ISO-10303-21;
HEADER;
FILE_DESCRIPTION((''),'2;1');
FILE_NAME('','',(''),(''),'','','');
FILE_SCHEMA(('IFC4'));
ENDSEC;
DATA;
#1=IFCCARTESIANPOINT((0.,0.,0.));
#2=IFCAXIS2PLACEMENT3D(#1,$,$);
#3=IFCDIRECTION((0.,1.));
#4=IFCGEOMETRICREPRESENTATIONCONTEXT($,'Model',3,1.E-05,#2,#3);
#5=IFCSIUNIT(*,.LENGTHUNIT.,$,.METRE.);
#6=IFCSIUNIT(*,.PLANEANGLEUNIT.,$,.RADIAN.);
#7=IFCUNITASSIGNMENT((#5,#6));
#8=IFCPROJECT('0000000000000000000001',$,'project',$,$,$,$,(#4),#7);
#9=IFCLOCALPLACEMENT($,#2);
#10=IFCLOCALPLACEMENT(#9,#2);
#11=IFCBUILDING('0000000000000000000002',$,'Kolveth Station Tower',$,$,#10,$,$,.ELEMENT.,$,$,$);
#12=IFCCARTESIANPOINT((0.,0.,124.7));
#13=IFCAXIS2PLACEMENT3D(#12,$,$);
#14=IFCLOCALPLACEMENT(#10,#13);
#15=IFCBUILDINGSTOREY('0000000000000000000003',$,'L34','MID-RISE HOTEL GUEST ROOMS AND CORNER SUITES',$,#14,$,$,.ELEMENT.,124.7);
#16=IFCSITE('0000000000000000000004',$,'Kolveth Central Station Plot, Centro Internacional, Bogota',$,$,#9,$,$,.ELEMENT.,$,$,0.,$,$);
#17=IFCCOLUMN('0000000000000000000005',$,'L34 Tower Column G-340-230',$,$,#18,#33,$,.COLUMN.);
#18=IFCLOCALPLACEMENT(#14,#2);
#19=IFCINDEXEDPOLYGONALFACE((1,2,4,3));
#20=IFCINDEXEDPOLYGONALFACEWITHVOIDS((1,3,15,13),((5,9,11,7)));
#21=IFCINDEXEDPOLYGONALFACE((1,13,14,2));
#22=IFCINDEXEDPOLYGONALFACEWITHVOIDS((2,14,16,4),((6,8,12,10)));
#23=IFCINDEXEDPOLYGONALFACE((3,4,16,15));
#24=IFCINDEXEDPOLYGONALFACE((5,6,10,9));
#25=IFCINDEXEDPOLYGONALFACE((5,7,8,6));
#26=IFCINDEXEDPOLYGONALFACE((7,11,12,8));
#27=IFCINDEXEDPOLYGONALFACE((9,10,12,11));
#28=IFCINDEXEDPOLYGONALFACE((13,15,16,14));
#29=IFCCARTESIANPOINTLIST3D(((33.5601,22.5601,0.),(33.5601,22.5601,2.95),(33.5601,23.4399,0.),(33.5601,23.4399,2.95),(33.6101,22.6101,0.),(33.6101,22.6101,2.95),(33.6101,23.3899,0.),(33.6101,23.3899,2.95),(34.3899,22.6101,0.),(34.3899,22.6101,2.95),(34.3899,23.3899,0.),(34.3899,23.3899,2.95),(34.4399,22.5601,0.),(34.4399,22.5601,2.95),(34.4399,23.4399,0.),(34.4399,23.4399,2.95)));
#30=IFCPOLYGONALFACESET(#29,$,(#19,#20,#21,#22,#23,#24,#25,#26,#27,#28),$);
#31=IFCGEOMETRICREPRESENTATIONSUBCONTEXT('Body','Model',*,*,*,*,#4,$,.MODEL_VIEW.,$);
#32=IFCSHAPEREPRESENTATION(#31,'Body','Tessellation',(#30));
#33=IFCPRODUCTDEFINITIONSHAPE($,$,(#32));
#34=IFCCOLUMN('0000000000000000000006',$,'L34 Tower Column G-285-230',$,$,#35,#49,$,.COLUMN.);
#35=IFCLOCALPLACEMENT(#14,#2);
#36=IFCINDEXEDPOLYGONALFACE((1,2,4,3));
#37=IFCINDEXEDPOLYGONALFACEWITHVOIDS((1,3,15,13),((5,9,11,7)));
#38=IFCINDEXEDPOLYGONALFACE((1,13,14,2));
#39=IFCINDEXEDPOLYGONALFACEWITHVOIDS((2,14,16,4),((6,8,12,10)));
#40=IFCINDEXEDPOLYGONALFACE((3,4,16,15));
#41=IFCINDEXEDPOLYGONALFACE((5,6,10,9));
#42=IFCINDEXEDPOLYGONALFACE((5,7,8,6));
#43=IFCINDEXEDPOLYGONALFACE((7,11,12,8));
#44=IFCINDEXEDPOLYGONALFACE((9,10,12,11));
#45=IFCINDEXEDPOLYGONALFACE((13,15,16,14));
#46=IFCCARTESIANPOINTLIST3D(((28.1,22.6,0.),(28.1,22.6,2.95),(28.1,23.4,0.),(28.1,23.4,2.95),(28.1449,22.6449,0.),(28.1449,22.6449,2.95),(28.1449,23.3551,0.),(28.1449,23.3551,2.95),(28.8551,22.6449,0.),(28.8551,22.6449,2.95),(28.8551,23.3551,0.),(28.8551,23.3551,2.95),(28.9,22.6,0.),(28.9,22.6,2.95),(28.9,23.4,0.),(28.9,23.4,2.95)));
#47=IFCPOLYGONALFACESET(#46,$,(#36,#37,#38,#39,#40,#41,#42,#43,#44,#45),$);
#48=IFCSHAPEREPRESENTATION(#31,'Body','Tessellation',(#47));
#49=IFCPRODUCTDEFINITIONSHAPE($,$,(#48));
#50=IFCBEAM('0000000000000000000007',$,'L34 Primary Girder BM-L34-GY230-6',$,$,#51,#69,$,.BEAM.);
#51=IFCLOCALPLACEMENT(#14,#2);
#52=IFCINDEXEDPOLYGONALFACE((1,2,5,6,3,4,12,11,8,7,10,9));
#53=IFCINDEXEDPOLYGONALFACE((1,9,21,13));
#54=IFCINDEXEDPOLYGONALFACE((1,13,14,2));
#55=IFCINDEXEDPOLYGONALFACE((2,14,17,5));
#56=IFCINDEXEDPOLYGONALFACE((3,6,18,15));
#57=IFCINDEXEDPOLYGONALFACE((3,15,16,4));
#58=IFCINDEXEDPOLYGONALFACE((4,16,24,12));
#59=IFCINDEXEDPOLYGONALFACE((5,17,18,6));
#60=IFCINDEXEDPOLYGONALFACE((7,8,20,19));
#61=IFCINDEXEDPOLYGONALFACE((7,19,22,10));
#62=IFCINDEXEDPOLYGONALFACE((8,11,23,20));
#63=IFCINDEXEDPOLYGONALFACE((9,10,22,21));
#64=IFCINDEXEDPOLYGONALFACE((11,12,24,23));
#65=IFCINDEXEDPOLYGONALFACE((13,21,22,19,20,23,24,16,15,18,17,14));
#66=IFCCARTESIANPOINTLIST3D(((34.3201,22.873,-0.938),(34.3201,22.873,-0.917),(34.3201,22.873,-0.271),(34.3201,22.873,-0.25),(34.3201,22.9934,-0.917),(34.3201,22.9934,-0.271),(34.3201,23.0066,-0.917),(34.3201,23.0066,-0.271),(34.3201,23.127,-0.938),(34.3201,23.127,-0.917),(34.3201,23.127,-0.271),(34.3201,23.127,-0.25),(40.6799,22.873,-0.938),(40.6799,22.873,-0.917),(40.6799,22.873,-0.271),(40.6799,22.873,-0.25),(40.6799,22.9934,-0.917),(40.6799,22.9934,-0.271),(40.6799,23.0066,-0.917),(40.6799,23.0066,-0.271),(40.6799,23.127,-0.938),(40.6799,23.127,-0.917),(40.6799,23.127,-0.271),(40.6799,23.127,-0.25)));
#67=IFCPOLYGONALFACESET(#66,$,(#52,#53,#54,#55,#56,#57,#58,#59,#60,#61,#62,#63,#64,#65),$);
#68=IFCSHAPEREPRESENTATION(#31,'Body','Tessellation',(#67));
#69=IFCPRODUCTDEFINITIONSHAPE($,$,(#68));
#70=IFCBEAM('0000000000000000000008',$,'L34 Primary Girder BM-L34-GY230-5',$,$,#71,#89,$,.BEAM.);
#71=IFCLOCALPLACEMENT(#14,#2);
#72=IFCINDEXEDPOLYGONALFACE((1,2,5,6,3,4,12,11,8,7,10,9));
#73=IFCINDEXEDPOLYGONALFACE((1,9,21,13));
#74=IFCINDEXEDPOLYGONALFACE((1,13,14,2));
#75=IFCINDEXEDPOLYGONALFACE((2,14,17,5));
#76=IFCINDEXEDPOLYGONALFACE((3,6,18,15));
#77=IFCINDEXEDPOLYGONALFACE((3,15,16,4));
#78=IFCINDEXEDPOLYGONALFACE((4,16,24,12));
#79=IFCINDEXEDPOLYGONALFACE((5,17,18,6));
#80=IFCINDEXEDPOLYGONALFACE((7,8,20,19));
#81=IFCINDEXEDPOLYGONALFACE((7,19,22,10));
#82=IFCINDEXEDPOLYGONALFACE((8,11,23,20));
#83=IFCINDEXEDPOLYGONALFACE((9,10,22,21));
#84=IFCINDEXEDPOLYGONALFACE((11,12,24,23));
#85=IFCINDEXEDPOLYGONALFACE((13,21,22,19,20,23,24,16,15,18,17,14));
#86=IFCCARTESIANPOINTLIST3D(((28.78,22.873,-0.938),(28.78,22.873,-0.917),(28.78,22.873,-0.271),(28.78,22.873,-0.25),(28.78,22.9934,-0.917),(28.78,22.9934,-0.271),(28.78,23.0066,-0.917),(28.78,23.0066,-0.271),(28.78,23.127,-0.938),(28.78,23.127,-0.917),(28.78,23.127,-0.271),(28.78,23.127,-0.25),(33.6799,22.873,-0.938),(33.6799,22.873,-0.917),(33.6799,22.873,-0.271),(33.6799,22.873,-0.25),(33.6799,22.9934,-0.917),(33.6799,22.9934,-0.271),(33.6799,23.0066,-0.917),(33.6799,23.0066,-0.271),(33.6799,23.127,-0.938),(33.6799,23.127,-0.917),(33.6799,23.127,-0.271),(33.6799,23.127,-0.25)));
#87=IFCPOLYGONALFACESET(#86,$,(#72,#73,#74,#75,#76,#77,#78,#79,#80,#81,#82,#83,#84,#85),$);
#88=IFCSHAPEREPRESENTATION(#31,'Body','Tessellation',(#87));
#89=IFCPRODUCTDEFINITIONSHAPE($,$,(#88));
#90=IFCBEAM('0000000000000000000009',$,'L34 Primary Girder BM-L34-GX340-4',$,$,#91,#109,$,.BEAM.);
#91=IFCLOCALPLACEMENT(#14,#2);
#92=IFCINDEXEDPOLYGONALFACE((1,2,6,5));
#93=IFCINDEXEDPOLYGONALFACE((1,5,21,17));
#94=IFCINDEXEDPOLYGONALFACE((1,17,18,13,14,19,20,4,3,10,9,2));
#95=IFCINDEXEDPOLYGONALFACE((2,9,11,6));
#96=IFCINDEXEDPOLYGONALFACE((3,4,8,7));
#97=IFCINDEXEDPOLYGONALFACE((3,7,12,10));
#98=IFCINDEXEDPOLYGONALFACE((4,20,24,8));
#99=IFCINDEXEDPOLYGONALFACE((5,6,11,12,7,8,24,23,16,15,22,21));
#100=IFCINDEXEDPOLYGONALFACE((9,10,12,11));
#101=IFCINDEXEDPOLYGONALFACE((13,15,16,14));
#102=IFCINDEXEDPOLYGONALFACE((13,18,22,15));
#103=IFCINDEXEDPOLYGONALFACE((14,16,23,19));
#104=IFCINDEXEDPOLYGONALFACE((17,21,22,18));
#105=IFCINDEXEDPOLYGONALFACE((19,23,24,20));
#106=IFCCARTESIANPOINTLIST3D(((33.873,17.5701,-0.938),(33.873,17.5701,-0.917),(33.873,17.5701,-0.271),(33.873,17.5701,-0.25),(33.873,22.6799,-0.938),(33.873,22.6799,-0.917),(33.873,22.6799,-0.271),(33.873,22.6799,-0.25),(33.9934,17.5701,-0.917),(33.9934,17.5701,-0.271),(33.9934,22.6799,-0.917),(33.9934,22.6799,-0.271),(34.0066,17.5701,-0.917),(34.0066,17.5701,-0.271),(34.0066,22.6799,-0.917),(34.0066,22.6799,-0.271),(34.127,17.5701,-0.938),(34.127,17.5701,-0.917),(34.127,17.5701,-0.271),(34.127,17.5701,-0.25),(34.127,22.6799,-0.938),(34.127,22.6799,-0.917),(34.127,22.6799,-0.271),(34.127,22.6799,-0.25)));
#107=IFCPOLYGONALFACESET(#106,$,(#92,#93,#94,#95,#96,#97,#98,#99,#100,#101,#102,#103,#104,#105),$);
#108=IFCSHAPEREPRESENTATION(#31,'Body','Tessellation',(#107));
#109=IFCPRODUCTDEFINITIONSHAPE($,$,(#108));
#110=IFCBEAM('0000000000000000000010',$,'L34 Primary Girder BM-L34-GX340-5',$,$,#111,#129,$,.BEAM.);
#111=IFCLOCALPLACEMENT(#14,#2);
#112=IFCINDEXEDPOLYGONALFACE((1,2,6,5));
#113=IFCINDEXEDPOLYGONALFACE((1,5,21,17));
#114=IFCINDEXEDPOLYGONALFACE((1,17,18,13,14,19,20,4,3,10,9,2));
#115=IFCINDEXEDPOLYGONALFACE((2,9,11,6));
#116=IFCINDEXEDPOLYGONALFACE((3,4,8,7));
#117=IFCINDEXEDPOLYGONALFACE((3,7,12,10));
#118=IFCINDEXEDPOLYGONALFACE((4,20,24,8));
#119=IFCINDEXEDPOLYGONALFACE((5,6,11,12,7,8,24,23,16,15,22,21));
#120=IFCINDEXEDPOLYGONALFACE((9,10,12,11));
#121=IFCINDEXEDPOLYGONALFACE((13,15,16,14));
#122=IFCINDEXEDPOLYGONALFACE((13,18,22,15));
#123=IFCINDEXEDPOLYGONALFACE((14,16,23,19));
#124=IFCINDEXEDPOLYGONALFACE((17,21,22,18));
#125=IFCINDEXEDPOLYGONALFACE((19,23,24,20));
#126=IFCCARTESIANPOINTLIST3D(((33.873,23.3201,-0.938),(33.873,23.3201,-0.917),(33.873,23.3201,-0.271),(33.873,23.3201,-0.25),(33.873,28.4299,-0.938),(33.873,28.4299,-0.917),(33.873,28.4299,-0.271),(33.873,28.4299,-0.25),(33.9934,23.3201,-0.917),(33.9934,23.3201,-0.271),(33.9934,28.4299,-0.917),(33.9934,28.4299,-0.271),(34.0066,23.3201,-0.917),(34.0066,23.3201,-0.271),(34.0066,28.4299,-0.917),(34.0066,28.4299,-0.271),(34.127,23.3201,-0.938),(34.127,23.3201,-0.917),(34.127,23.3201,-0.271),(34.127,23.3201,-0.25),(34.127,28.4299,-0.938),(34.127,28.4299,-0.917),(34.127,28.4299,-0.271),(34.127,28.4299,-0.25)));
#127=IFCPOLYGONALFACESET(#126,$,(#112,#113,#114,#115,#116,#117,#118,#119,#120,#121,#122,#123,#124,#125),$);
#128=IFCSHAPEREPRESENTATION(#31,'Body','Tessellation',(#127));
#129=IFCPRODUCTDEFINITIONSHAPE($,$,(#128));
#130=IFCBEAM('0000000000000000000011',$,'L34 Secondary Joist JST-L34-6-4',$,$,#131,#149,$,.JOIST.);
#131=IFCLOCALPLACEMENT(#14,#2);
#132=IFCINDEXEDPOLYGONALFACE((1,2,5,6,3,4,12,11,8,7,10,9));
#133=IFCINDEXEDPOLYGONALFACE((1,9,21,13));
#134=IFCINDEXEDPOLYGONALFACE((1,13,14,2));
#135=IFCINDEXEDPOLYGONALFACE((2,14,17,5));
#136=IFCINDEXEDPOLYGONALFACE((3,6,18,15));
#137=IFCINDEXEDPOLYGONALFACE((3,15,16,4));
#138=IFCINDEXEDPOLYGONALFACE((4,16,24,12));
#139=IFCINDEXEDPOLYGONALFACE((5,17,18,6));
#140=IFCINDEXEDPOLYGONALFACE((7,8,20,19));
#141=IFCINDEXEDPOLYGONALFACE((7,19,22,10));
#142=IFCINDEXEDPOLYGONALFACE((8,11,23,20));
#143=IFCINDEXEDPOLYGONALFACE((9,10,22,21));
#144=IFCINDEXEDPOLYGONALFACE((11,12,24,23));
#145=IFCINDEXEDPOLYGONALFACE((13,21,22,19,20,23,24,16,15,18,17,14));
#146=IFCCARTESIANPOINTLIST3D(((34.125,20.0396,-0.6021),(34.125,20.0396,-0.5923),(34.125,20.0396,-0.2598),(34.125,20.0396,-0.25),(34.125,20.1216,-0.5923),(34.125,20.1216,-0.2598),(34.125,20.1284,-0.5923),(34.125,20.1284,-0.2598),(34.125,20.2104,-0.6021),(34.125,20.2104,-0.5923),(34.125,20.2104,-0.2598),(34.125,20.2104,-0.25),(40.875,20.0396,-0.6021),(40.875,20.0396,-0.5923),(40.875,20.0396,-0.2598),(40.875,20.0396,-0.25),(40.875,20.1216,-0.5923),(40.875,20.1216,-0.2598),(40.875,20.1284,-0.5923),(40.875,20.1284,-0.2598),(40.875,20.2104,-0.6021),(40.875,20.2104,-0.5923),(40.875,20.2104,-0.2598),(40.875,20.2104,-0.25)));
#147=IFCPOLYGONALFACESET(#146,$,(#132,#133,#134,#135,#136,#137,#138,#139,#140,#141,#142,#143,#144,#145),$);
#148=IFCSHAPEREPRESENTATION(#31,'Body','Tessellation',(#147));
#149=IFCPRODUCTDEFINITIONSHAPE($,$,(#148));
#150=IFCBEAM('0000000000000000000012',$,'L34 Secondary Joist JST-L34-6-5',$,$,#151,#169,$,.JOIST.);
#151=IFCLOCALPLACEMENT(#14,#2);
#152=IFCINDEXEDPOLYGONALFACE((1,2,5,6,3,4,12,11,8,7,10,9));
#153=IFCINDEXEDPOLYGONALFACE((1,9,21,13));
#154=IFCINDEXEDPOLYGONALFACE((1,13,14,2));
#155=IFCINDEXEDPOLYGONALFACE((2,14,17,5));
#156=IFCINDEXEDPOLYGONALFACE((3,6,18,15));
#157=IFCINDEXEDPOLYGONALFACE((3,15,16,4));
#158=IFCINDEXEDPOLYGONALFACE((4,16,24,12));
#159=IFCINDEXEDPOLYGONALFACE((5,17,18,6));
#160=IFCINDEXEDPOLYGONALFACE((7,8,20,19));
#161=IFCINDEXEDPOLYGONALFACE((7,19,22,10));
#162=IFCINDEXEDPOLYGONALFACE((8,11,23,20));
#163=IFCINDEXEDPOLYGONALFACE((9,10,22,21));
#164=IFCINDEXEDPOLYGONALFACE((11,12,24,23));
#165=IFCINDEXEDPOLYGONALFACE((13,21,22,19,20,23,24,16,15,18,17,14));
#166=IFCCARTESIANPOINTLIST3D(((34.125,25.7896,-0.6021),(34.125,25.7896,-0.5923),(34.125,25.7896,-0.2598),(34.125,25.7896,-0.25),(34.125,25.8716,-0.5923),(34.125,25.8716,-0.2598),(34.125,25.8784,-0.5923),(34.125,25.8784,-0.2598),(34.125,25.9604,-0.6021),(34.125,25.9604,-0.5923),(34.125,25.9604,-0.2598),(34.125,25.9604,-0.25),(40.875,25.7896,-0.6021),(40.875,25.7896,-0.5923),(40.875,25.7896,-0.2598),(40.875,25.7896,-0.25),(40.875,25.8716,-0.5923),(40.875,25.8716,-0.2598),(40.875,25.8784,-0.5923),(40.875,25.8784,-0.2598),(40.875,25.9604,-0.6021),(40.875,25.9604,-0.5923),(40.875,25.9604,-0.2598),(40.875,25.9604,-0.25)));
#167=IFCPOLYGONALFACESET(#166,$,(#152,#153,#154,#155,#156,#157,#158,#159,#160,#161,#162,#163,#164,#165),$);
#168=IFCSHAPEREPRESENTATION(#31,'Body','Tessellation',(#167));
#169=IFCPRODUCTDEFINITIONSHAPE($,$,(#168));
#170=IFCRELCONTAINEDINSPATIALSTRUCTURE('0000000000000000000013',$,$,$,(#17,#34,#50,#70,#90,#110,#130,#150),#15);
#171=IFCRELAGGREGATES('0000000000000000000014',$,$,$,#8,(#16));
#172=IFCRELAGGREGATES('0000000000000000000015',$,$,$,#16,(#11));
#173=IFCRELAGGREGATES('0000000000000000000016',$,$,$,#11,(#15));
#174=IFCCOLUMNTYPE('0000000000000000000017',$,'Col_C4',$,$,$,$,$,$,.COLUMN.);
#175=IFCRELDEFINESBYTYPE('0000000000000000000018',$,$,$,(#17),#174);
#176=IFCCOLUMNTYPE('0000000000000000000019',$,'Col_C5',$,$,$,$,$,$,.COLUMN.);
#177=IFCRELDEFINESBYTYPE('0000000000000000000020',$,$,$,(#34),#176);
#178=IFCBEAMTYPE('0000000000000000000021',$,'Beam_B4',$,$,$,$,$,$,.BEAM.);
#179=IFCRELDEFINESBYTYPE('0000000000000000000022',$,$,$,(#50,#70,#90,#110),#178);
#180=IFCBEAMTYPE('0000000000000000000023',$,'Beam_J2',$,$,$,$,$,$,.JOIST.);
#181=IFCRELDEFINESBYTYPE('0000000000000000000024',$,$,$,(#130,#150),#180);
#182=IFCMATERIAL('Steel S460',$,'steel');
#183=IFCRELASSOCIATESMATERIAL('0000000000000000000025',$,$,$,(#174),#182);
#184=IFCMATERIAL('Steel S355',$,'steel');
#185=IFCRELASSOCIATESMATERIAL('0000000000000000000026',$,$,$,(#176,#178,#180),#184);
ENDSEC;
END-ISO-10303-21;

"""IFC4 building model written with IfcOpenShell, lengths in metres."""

from ifc_helpers import new_model, si_unit, direction, frame, origin, origin_2d, place, context, subcontext, project, spatial, hollow_rectangle, i_section, extrude, source, transform, mapped, material, material_profile, profile_set, type_object, element, save


model = new_model("IFC4")

# Units and contexts
model_context = context("Model", 3, precision=1e-05, world=origin(), true_north=direction((0.0, 1.0)))
body_context = subcontext(model_context, "Body", "Model", "MODEL_VIEW")
ifc_project = project(units=[si_unit("LENGTHUNIT", "METRE"), si_unit("PLANEANGLEUNIT", "RADIAN")], contexts=[model_context])

# Site, building, storey
site_placement = place(None, origin())
site = spatial("IfcSite", under=ifc_project, at=site_placement, Name="Kolveth Central Station Plot, Centro Internacional, Bogota", CompositionType="ELEMENT", RefElevation=0.0)
building_placement = place(site_placement, origin())
building = spatial("IfcBuilding", under=site, at=building_placement, Name="Kolveth Station Tower", CompositionType="ELEMENT")
storey_placement = place(building_placement, frame((0.0, 0.0, 124.7)))
storey = spatial("IfcBuildingStorey", under=building, at=storey_placement, Name="L34", Description="MID-RISE HOTEL GUEST ROOMS AND CORNER SUITES", CompositionType="ELEMENT", Elevation=124.7)

# Columns
ifc_material_1 = material(Name="Steel S460", Category="steel")
ifc_material_profile_1 = material_profile(ifc_material_1, hollow_rectangle(XDim=0.8799, YDim=0.8799, WallThickness=0.05, at=origin_2d()), Name="BOX880x880x50")
ifc_profile_set_1 = profile_set([ifc_material_profile_1], Name="Steel S460")
column_type_1 = type_object("IfcColumnType", Name="Col_C4", PredefinedType="COLUMN", material=ifc_profile_set_1)
shared_shape_1 = source(origin(), body_context, "Body", "SweptSolid", [
    extrude(hollow_rectangle(XDim=0.8799, YDim=0.8799, WallThickness=0.05, at=origin_2d()), origin(), (0.0, 0.0, 1.0), 2.95),
])
column_1_placement = place(storey_placement, frame((34.0, 23.0, 0.0), z_axis=(0.0, 0.0, 1.0), x_axis=(1.0, 0.0, 0.0)))
element("IfcColumn", 1, at=column_1_placement, inside=storey, type_object=column_type_1, Name="L34 Tower Column G-340-230", PredefinedType="COLUMN", context=body_context, shape_type="MappedRepresentation", body=[
    mapped(shared_shape_1, transform((0.0, 0.0, 0.0), x_axis=(1.0, 0.0, 0.0), y_axis=(0.0, 1.0, 0.0), z_axis=(0.0, 0.0, 1.0), scale=1.0)),
])
ifc_material_2 = material(Name="Steel S355", Category="steel")
ifc_material_profile_2 = material_profile(ifc_material_2, hollow_rectangle(XDim=0.8, YDim=0.8, WallThickness=0.0449, at=origin_2d()), Name="BOX800x800x45")
ifc_profile_set_2 = profile_set([ifc_material_profile_2], Name="Steel S355")
column_type_2 = type_object("IfcColumnType", Name="Col_C5", PredefinedType="COLUMN", material=ifc_profile_set_2)
shared_shape_2 = source(origin(), body_context, "Body", "SweptSolid", [
    extrude(hollow_rectangle(XDim=0.8, YDim=0.8, WallThickness=0.0449, at=origin_2d()), origin(), (0.0, 0.0, 1.0), 2.95),
])
column_2_placement = place(storey_placement, frame((28.5, 23.0, 0.0), z_axis=(0.0, 0.0, 1.0), x_axis=(1.0, 0.0, 0.0)))
element("IfcColumn", 2, at=column_2_placement, inside=storey, type_object=column_type_2, Name="L34 Tower Column G-285-230", PredefinedType="COLUMN", context=body_context, shape_type="MappedRepresentation", body=[
    mapped(shared_shape_2, transform((0.0, 0.0, 0.0), x_axis=(1.0, 0.0, 0.0), y_axis=(0.0, 1.0, 0.0), z_axis=(0.0, 0.0, 1.0), scale=1.0)),
])

# Beams
ifc_material_profile_3 = material_profile(ifc_material_2, i_section(OverallWidth=0.2539, OverallDepth=0.688, WebThickness=0.0132, FlangeThickness=0.021, at=origin_2d()), Name="W690x152")
ifc_profile_set_3 = profile_set([ifc_material_profile_3], Name="Steel S355")
beam_type_1 = type_object("IfcBeamType", Name="Beam_B4", PredefinedType="BEAM", material=ifc_profile_set_3)
shared_shape_3 = source(origin(), body_context, "Body", "SweptSolid", [
    extrude(i_section(OverallWidth=0.2539, OverallDepth=0.688, WebThickness=0.0132, FlangeThickness=0.021, at=origin_2d()), origin(), (0.0, 0.0, 1.0), 6.3599),
])
beam_1_placement = place(storey_placement, frame((34.3201, 23.0, -0.594), z_axis=(1.0, 0.0, 0.0), x_axis=(0.0, 1.0, 0.0)))
element("IfcBeam", 3, at=beam_1_placement, inside=storey, type_object=beam_type_1, Name="L34 Primary Girder BM-L34-GY230-6", PredefinedType="BEAM", context=body_context, shape_type="MappedRepresentation", body=[
    mapped(shared_shape_3, transform((0.0, 0.0, 0.0), x_axis=(1.0, 0.0, 0.0), y_axis=(0.0, 1.0, 0.0), z_axis=(0.0, 0.0, 1.0), scale=1.0)),
])
shared_shape_4 = source(origin(), body_context, "Body", "SweptSolid", [
    extrude(i_section(OverallWidth=0.2539, OverallDepth=0.688, WebThickness=0.0132, FlangeThickness=0.021, at=origin_2d()), origin(), (0.0, 0.0, 1.0), 4.8999),
])
beam_2_placement = place(storey_placement, frame((28.78, 23.0, -0.594), z_axis=(1.0, 0.0, 0.0), x_axis=(0.0, 1.0, 0.0)))
element("IfcBeam", 4, at=beam_2_placement, inside=storey, type_object=beam_type_1, Name="L34 Primary Girder BM-L34-GY230-5", PredefinedType="BEAM", context=body_context, shape_type="MappedRepresentation", body=[
    mapped(shared_shape_4, transform((0.0, 0.0, 0.0), x_axis=(1.0, 0.0, 0.0), y_axis=(0.0, 1.0, 0.0), z_axis=(0.0, 0.0, 1.0), scale=1.0)),
])
shared_shape_5 = source(origin(), body_context, "Body", "SweptSolid", [
    extrude(i_section(OverallWidth=0.2539, OverallDepth=0.688, WebThickness=0.0132, FlangeThickness=0.021, at=origin_2d()), origin(), (0.0, 0.0, 1.0), 5.1099),
])
for number, where, z_axis, x_axis, name in (
    (5, (34.0, 17.5701, -0.594), (0.0, 1.0, 0.0), (-1.0, 0.0, 0.0), "L34 Primary Girder BM-L34-GX340-4"),
    (6, (34.0, 23.3201, -0.594), (0.0, 1.0, 0.0), (-1.0, 0.0, 0.0), "L34 Primary Girder BM-L34-GX340-5"),
):
    element("IfcBeam", number, at=place(storey_placement, frame(where, z_axis=z_axis, x_axis=x_axis)), inside=storey, type_object=beam_type_1, Name=name, PredefinedType="BEAM", context=body_context, shape_type="MappedRepresentation", body=[
        mapped(shared_shape_5, transform((0.0, 0.0, 0.0), x_axis=(1.0, 0.0, 0.0), y_axis=(0.0, 1.0, 0.0), z_axis=(0.0, 0.0, 1.0), scale=1.0)),
    ])
ifc_material_profile_4 = material_profile(ifc_material_2, i_section(OverallWidth=0.1709, OverallDepth=0.3521, WebThickness=0.0068, FlangeThickness=0.0098, at=origin_2d()), Name="W360x44")
ifc_profile_set_4 = profile_set([ifc_material_profile_4], Name="Steel S355")
beam_type_2 = type_object("IfcBeamType", Name="Beam_J2", PredefinedType="JOIST", material=ifc_profile_set_4)
shared_shape_6 = source(origin(), body_context, "Body", "SweptSolid", [
    extrude(i_section(OverallWidth=0.1709, OverallDepth=0.3521, WebThickness=0.0068, FlangeThickness=0.0098, at=origin_2d()), origin(), (0.0, 0.0, 1.0), 6.75),
])
for number, where, z_axis, x_axis, name in (
    (7, (34.125, 20.125, -0.426), (1.0, 0.0, 0.0), (0.0, 1.0, 0.0), "L34 Secondary Joist JST-L34-6-4"),
    (8, (34.125, 25.875, -0.426), (1.0, 0.0, 0.0), (0.0, 1.0, 0.0), "L34 Secondary Joist JST-L34-6-5"),
):
    element("IfcBeam", number, at=place(storey_placement, frame(where, z_axis=z_axis, x_axis=x_axis)), inside=storey, type_object=beam_type_2, Name=name, PredefinedType="JOIST", context=body_context, shape_type="MappedRepresentation", body=[
        mapped(shared_shape_6, transform((0.0, 0.0, 0.0), x_axis=(1.0, 0.0, 0.0), y_axis=(0.0, 1.0, 0.0), z_axis=(0.0, 0.0, 1.0), scale=1.0)),
    ])

save(model, "model.ifc")
